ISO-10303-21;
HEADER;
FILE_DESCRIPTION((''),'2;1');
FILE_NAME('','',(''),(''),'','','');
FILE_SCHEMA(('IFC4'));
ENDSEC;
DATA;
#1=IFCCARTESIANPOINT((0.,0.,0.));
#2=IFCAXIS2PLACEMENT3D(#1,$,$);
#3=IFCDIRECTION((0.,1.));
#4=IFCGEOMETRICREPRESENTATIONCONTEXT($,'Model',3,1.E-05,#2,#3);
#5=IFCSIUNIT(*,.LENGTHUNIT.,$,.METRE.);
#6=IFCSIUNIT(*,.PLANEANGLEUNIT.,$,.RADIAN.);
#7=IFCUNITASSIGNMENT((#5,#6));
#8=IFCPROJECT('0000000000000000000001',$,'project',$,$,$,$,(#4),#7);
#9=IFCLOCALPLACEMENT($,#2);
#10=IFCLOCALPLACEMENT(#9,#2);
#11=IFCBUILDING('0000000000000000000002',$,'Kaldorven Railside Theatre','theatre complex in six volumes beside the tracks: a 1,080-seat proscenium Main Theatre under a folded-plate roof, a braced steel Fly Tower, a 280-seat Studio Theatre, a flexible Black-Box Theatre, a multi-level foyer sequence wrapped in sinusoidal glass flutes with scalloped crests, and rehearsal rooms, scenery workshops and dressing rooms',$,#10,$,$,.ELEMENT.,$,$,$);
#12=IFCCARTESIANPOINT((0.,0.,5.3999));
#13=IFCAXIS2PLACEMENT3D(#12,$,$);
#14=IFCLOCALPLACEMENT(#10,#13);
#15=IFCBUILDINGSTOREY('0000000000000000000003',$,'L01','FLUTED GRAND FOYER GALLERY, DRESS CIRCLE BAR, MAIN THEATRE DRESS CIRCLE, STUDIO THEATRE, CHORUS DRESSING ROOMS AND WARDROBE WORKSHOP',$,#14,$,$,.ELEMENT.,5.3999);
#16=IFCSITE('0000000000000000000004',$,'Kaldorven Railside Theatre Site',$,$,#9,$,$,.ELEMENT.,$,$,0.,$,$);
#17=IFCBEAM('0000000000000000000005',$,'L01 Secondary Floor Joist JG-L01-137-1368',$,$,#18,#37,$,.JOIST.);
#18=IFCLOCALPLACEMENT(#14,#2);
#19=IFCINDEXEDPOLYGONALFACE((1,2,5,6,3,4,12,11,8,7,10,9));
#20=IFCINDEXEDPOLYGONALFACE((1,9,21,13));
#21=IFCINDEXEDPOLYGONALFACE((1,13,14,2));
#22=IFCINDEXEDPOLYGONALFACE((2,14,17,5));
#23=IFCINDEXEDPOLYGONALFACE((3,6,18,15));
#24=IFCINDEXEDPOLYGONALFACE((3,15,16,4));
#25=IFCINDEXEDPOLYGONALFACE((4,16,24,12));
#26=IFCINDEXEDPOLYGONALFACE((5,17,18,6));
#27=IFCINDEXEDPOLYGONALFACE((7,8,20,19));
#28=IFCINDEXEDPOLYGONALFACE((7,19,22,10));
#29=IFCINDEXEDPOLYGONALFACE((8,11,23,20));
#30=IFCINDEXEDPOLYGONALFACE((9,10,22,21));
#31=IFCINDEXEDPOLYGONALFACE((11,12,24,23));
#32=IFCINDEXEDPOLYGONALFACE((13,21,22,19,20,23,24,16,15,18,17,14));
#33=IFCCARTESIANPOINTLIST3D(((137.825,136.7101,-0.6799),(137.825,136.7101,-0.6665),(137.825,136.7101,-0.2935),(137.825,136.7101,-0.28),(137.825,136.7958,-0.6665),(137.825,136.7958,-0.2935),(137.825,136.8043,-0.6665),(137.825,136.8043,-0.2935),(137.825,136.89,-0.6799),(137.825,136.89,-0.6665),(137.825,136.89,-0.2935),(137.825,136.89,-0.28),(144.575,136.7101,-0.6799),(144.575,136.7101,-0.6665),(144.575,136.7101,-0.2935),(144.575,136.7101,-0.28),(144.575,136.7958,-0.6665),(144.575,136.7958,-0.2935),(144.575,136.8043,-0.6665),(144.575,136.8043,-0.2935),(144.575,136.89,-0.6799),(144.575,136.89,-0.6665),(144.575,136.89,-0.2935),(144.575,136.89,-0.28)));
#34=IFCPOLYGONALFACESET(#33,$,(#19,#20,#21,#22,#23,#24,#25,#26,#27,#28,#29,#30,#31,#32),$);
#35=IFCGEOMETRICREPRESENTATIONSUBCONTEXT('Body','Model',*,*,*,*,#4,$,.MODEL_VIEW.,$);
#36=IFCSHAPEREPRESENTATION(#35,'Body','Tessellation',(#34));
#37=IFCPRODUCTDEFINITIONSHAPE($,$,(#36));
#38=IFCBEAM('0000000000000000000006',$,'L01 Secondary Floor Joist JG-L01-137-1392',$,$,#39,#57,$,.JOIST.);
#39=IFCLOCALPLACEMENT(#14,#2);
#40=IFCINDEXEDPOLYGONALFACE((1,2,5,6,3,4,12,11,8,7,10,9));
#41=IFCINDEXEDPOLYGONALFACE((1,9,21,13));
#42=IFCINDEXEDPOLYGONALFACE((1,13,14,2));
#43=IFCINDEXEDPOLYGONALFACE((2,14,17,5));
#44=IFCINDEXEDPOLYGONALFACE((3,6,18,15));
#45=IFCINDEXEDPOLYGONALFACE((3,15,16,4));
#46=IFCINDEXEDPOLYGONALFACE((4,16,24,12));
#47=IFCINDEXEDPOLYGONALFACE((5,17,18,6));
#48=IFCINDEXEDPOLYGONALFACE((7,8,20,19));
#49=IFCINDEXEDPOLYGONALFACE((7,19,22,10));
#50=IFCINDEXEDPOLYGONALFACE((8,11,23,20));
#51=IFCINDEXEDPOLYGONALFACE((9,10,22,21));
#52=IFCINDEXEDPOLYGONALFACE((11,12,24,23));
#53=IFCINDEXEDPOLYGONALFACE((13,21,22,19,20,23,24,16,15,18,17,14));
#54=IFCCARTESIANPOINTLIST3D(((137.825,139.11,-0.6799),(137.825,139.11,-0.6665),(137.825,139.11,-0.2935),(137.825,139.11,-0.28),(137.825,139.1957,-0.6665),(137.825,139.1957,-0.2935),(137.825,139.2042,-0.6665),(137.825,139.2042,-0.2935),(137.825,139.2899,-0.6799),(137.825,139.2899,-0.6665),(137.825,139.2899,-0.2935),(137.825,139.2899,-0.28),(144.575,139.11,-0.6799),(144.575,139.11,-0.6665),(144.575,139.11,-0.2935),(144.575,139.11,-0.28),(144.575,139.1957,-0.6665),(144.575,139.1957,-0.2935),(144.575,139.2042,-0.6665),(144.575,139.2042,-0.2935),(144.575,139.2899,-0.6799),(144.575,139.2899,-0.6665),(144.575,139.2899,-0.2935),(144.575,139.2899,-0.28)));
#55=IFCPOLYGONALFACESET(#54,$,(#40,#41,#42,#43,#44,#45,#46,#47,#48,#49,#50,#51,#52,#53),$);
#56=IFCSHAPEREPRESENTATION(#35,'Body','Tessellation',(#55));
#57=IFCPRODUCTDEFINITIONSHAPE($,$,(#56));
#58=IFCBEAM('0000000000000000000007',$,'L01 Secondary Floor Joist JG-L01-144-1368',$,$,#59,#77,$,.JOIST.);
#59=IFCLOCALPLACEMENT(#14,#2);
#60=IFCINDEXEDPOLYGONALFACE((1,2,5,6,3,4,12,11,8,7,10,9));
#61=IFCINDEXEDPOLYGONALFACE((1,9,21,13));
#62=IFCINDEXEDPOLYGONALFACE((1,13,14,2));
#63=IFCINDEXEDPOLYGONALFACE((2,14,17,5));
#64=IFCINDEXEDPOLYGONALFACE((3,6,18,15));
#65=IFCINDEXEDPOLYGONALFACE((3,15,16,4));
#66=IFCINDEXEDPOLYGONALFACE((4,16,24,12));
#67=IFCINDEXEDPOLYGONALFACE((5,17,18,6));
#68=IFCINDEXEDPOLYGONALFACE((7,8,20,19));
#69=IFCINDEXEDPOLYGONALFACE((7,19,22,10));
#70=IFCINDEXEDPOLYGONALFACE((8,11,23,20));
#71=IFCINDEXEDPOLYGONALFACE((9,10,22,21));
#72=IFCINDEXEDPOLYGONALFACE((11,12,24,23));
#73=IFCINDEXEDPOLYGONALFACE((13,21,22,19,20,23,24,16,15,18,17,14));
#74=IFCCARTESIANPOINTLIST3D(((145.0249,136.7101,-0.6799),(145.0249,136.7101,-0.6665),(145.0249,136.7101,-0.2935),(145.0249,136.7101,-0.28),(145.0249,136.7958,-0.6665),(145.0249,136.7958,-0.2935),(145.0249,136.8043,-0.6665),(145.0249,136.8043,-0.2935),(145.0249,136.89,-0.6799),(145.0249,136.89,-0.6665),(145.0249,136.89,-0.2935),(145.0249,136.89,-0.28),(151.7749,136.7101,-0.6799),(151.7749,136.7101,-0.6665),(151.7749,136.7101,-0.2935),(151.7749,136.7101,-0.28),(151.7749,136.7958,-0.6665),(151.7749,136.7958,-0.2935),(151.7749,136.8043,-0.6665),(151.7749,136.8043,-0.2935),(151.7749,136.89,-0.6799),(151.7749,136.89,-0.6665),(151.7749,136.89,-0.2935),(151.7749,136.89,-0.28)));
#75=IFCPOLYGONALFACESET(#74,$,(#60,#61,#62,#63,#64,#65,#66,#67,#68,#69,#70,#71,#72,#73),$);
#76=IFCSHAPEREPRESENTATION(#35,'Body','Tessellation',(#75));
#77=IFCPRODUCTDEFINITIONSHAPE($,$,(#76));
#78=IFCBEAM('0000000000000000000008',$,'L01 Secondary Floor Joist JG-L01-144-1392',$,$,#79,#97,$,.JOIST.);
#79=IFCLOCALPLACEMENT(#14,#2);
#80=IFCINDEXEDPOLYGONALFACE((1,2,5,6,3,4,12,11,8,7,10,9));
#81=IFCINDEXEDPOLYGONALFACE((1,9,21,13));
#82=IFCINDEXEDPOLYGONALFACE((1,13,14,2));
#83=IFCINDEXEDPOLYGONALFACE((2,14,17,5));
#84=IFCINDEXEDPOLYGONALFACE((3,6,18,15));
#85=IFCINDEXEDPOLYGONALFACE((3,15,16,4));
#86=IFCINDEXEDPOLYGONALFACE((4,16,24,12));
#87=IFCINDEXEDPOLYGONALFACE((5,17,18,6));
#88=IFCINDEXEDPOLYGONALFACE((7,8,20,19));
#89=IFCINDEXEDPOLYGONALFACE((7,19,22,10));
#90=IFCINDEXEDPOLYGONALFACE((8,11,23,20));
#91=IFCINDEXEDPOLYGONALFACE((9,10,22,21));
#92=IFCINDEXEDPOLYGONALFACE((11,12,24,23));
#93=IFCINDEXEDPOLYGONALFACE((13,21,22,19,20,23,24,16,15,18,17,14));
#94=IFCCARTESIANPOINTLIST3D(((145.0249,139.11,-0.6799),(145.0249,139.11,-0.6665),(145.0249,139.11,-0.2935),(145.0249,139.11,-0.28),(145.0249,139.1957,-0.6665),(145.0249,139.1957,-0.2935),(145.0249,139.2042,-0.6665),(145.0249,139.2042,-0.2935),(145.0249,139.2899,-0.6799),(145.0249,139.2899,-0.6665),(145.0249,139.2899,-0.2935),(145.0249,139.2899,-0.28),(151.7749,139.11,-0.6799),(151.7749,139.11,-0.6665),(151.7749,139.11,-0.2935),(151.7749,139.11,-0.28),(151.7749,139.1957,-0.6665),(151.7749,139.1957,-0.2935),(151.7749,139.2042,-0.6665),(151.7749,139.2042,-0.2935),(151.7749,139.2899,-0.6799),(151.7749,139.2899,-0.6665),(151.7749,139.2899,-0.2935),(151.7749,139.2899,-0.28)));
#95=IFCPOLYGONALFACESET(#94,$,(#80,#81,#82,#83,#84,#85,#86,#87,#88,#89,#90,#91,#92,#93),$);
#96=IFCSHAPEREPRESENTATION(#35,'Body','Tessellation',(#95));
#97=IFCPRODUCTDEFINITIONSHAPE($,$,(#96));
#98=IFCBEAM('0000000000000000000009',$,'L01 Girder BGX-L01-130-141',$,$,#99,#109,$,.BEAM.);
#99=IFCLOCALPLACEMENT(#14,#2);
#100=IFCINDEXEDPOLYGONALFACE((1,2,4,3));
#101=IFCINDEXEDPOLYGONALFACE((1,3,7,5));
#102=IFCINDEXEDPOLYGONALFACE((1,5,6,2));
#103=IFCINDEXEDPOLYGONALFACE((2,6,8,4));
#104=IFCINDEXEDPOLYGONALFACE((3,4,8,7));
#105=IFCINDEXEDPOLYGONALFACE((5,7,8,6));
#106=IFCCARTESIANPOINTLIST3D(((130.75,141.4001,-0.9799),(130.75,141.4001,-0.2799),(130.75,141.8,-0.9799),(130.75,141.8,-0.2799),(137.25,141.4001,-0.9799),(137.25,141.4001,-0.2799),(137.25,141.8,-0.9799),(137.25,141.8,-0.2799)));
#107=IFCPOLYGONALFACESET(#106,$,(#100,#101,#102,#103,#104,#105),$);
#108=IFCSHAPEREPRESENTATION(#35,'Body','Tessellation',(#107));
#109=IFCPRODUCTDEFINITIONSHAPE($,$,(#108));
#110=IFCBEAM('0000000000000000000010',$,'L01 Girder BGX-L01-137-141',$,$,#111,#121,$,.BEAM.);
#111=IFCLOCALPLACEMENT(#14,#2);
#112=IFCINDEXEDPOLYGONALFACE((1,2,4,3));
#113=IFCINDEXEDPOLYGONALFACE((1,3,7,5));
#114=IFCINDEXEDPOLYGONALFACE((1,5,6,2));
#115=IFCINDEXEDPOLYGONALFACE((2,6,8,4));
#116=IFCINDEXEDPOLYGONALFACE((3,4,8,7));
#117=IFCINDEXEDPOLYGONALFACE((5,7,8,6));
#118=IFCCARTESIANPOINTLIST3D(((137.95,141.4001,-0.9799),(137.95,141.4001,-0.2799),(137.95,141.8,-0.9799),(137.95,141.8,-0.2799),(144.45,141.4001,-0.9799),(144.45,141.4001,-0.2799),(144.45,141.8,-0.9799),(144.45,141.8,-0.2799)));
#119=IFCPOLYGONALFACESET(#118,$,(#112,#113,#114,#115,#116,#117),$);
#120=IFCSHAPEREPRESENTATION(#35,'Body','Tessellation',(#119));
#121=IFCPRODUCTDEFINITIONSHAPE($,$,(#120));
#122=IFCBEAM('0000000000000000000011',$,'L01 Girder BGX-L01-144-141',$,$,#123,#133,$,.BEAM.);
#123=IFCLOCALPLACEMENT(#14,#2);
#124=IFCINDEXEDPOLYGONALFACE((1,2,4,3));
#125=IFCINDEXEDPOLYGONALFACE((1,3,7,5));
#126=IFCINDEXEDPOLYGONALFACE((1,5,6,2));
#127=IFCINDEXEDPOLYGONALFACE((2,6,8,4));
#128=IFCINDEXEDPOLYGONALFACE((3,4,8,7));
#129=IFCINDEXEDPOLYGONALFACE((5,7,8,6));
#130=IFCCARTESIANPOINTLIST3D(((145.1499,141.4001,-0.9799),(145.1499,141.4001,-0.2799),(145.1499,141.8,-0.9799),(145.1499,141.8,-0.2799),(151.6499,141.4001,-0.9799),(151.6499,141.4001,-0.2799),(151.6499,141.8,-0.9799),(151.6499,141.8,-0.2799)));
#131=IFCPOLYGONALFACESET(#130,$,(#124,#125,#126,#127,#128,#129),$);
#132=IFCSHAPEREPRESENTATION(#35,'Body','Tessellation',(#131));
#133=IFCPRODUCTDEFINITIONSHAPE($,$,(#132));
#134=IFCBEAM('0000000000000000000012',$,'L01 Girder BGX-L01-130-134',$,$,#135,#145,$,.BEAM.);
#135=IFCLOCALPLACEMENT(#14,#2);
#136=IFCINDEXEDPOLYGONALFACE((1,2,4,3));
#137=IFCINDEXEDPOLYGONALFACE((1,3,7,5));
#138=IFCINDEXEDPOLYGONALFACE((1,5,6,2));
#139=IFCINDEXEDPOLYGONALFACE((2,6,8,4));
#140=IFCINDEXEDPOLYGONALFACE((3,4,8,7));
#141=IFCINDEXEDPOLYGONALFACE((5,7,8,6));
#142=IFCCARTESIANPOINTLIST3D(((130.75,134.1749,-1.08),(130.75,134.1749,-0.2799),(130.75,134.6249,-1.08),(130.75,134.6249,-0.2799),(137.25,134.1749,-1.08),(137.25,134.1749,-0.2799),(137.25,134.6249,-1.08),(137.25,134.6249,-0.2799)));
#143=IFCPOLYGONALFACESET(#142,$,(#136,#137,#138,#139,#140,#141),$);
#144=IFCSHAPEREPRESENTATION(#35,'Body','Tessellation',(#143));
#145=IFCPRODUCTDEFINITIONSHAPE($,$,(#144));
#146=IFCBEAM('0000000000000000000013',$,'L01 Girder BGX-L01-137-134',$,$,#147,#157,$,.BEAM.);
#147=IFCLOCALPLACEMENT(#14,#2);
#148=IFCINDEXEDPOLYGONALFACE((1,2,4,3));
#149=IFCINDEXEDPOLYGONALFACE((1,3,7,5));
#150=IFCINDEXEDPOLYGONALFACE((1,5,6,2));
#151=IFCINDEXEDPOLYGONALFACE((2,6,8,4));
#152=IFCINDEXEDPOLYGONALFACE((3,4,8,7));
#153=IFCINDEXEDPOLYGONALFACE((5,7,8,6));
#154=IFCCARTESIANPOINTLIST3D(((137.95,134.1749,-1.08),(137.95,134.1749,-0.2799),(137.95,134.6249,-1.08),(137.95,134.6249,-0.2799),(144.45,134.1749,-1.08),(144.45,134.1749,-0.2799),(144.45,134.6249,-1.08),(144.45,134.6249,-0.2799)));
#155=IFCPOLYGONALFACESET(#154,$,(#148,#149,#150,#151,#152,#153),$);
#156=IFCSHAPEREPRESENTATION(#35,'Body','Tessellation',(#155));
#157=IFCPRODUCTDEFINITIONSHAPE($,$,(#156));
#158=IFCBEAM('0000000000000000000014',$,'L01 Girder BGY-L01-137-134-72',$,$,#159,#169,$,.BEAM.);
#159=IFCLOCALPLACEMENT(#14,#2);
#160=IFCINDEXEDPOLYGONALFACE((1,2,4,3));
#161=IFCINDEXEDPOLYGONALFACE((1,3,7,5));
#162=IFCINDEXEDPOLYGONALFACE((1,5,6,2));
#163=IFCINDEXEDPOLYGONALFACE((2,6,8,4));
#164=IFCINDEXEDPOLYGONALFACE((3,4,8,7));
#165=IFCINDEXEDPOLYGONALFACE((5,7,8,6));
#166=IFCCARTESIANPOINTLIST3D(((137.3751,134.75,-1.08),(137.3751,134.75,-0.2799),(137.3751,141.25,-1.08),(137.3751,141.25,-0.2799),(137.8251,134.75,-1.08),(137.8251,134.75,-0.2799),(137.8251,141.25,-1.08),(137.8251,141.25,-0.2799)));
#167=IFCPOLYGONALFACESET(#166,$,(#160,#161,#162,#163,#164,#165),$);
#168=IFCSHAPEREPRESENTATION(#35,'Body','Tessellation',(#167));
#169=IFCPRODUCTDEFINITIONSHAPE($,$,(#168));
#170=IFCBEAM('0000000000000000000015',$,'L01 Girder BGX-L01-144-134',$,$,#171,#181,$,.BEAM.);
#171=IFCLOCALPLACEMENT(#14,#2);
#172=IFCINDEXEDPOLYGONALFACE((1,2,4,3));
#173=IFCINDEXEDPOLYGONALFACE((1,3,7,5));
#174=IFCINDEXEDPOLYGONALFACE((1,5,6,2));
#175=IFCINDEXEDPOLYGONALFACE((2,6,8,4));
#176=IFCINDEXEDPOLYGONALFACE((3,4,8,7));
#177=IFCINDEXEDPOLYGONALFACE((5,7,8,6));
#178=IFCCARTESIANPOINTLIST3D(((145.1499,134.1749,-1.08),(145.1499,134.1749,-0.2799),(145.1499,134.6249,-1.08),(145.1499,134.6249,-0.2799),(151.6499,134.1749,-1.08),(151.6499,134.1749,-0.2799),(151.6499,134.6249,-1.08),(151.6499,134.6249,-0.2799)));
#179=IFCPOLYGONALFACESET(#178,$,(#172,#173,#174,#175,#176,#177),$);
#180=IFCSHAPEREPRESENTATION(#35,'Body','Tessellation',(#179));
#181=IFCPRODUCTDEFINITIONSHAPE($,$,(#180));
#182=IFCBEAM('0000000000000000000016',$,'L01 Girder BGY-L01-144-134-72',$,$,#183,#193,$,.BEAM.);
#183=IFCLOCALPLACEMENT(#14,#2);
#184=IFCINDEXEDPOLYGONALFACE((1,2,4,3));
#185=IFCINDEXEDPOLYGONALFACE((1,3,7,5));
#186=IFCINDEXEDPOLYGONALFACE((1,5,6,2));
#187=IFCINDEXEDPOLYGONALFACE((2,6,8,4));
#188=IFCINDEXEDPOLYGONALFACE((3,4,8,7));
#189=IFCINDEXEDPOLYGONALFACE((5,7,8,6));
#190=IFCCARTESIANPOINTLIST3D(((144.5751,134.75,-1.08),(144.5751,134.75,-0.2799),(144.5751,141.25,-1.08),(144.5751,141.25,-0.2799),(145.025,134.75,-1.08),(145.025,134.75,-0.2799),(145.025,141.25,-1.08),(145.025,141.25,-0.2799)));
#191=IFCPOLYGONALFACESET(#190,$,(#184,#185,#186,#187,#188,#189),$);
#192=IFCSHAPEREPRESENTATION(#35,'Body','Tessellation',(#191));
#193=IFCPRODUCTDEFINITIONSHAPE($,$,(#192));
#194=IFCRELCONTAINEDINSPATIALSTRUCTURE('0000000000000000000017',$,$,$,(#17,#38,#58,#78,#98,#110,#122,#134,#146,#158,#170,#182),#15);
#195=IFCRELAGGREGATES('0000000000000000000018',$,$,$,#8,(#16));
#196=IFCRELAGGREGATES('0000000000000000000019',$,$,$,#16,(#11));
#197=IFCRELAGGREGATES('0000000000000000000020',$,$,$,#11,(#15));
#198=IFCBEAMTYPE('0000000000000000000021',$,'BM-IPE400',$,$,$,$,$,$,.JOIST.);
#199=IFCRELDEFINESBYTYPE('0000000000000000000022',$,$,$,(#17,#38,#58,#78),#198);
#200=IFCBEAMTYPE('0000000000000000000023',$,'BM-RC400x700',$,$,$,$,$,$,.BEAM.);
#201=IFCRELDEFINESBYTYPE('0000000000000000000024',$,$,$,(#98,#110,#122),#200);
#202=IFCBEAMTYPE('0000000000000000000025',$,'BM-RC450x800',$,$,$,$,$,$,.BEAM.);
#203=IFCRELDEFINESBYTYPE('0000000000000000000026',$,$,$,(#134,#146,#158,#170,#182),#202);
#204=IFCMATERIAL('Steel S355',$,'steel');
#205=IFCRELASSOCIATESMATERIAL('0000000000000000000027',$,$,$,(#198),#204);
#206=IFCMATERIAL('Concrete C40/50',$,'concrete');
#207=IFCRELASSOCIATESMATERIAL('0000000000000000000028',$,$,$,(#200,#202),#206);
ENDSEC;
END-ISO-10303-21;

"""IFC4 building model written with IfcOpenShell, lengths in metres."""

from ifc_helpers import new_model, si_unit, direction, frame, origin, origin_2d, place, context, subcontext, project, spatial, rectangle, i_section, extrude, material, material_profile, profile_set, type_object, element, save


model = new_model("IFC4")

# Units and contexts
model_context = context("Model", 3, precision=1e-05, world=origin(), true_north=direction((0.0, 1.0)))
body_context = subcontext(model_context, "Body", "Model", "MODEL_VIEW")
ifc_project = project(units=[si_unit("LENGTHUNIT", "METRE"), si_unit("PLANEANGLEUNIT", "RADIAN")], contexts=[model_context])

# Site, building, storey
site_placement = place(None, origin())
site = spatial("IfcSite", under=ifc_project, at=site_placement, Name="Kaldorven Railside Theatre Site", CompositionType="ELEMENT", RefElevation=0.0)
building_placement = place(site_placement, origin())
building = spatial("IfcBuilding", under=site, at=building_placement, Name="Kaldorven Railside Theatre", Description="theatre complex in six volumes beside the tracks: a 1,080-seat proscenium Main Theatre under a folded-plate roof, a braced steel Fly Tower, a 280-seat Studio Theatre, a flexible Black-Box Theatre, a multi-level foyer sequence wrapped in sinusoidal glass flutes with scalloped crests, and rehearsal rooms, scenery workshops and dressing rooms", CompositionType="ELEMENT")
storey_placement = place(building_placement, frame((0.0, 0.0, 5.3999)))
storey = spatial("IfcBuildingStorey", under=building, at=storey_placement, Name="L01", Description="FLUTED GRAND FOYER GALLERY, DRESS CIRCLE BAR, MAIN THEATRE DRESS CIRCLE, STUDIO THEATRE, CHORUS DRESSING ROOMS AND WARDROBE WORKSHOP", CompositionType="ELEMENT", Elevation=5.3999)

# Shared definitions
ifc_material_1 = material(Name="Concrete C40/50", Category="concrete")

# Beams
ifc_material_2 = material(Name="Steel S355", Category="steel")
ifc_material_profile_1 = material_profile(ifc_material_2, i_section(OverallWidth=0.1799, OverallDepth=0.3999, WebThickness=0.0085, FlangeThickness=0.0134, at=origin_2d()), Name="IPE 400")
ifc_profile_set_1 = profile_set([ifc_material_profile_1], Name="Steel S355")
beam_type_1 = type_object("IfcBeamType", Name="BM-IPE400", PredefinedType="JOIST", material=ifc_profile_set_1)
for number, where, z_axis, x_axis, name in (
    (1, (137.825, 136.8, -0.48), (1.0, 0.0, 0.0), (0.0, 1.0, 0.0), "L01 Secondary Floor Joist JG-L01-137-1368"),
    (2, (137.825, 139.2, -0.48), (1.0, 0.0, 0.0), (0.0, 1.0, 0.0), "L01 Secondary Floor Joist JG-L01-137-1392"),
    (3, (145.0249, 136.8, -0.48), (1.0, 0.0, 0.0), (0.0, 1.0, 0.0), "L01 Secondary Floor Joist JG-L01-144-1368"),
    (4, (145.0249, 139.2, -0.48), (1.0, 0.0, 0.0), (0.0, 1.0, 0.0), "L01 Secondary Floor Joist JG-L01-144-1392"),
):
    element("IfcBeam", number, at=place(storey_placement, frame(where, z_axis=z_axis, x_axis=x_axis)), inside=storey, type_object=beam_type_1, Name=name, PredefinedType="JOIST", context=body_context, shape_type="SweptSolid", body=[
        extrude(i_section(OverallWidth=0.1799, OverallDepth=0.3999, WebThickness=0.0085, FlangeThickness=0.0134, at=origin_2d()), origin(), (0.0, 0.0, 1.0), 6.75),
    ])
ifc_material_profile_2 = material_profile(ifc_material_1, rectangle(XDim=0.3999, YDim=0.7, at=origin_2d()), Name="RC 400x700")
ifc_profile_set_2 = profile_set([ifc_material_profile_2], Name="Concrete C40/50")
beam_type_2 = type_object("IfcBeamType", Name="BM-RC400x700", PredefinedType="BEAM", material=ifc_profile_set_2)
for number, where, z_axis, x_axis, name in (
    (5, (130.75, 141.6001, -0.6299), (1.0, 0.0, 0.0), (0.0, 1.0, 0.0), "L01 Girder BGX-L01-130-141"),
    (6, (137.95, 141.6001, -0.6299), (1.0, 0.0, 0.0), (0.0, 1.0, 0.0), "L01 Girder BGX-L01-137-141"),
    (7, (145.1499, 141.6001, -0.6299), (1.0, 0.0, 0.0), (0.0, 1.0, 0.0), "L01 Girder BGX-L01-144-141"),
):
    element("IfcBeam", number, at=place(storey_placement, frame(where, z_axis=z_axis, x_axis=x_axis)), inside=storey, type_object=beam_type_2, Name=name, PredefinedType="BEAM", context=body_context, shape_type="SweptSolid", body=[
        extrude(rectangle(XDim=0.3999, YDim=0.7, at=origin_2d()), origin(), (0.0, 0.0, 1.0), 6.5),
    ])
ifc_material_profile_3 = material_profile(ifc_material_1, rectangle(XDim=0.45, YDim=0.8, at=origin_2d()), Name="RC 450x800")
ifc_profile_set_3 = profile_set([ifc_material_profile_3], Name="Concrete C40/50")
beam_type_3 = type_object("IfcBeamType", Name="BM-RC450x800", PredefinedType="BEAM", material=ifc_profile_set_3)
for number, where, z_axis, x_axis, name in (
    (8, (130.75, 134.3999, -0.6799), (1.0, 0.0, 0.0), (0.0, 1.0, 0.0), "L01 Girder BGX-L01-130-134"),
    (9, (137.95, 134.3999, -0.6799), (1.0, 0.0, 0.0), (0.0, 1.0, 0.0), "L01 Girder BGX-L01-137-134"),
    (10, (137.6001, 134.75, -0.6799), (0.0, 1.0, 0.0), (-1.0, 0.0, 0.0), "L01 Girder BGY-L01-137-134-72"),
    (11, (145.1499, 134.3999, -0.6799), (1.0, 0.0, 0.0), (0.0, 1.0, 0.0), "L01 Girder BGX-L01-144-134"),
    (12, (144.8, 134.75, -0.6799), (0.0, 1.0, 0.0), (-1.0, 0.0, 0.0), "L01 Girder BGY-L01-144-134-72"),
):
    element("IfcBeam", number, at=place(storey_placement, frame(where, z_axis=z_axis, x_axis=x_axis)), inside=storey, type_object=beam_type_3, Name=name, PredefinedType="BEAM", context=body_context, shape_type="SweptSolid", body=[
        extrude(rectangle(XDim=0.45, YDim=0.8, at=origin_2d()), origin(), (0.0, 0.0, 1.0), 6.5),
    ])

save(model, "model.ifc")
